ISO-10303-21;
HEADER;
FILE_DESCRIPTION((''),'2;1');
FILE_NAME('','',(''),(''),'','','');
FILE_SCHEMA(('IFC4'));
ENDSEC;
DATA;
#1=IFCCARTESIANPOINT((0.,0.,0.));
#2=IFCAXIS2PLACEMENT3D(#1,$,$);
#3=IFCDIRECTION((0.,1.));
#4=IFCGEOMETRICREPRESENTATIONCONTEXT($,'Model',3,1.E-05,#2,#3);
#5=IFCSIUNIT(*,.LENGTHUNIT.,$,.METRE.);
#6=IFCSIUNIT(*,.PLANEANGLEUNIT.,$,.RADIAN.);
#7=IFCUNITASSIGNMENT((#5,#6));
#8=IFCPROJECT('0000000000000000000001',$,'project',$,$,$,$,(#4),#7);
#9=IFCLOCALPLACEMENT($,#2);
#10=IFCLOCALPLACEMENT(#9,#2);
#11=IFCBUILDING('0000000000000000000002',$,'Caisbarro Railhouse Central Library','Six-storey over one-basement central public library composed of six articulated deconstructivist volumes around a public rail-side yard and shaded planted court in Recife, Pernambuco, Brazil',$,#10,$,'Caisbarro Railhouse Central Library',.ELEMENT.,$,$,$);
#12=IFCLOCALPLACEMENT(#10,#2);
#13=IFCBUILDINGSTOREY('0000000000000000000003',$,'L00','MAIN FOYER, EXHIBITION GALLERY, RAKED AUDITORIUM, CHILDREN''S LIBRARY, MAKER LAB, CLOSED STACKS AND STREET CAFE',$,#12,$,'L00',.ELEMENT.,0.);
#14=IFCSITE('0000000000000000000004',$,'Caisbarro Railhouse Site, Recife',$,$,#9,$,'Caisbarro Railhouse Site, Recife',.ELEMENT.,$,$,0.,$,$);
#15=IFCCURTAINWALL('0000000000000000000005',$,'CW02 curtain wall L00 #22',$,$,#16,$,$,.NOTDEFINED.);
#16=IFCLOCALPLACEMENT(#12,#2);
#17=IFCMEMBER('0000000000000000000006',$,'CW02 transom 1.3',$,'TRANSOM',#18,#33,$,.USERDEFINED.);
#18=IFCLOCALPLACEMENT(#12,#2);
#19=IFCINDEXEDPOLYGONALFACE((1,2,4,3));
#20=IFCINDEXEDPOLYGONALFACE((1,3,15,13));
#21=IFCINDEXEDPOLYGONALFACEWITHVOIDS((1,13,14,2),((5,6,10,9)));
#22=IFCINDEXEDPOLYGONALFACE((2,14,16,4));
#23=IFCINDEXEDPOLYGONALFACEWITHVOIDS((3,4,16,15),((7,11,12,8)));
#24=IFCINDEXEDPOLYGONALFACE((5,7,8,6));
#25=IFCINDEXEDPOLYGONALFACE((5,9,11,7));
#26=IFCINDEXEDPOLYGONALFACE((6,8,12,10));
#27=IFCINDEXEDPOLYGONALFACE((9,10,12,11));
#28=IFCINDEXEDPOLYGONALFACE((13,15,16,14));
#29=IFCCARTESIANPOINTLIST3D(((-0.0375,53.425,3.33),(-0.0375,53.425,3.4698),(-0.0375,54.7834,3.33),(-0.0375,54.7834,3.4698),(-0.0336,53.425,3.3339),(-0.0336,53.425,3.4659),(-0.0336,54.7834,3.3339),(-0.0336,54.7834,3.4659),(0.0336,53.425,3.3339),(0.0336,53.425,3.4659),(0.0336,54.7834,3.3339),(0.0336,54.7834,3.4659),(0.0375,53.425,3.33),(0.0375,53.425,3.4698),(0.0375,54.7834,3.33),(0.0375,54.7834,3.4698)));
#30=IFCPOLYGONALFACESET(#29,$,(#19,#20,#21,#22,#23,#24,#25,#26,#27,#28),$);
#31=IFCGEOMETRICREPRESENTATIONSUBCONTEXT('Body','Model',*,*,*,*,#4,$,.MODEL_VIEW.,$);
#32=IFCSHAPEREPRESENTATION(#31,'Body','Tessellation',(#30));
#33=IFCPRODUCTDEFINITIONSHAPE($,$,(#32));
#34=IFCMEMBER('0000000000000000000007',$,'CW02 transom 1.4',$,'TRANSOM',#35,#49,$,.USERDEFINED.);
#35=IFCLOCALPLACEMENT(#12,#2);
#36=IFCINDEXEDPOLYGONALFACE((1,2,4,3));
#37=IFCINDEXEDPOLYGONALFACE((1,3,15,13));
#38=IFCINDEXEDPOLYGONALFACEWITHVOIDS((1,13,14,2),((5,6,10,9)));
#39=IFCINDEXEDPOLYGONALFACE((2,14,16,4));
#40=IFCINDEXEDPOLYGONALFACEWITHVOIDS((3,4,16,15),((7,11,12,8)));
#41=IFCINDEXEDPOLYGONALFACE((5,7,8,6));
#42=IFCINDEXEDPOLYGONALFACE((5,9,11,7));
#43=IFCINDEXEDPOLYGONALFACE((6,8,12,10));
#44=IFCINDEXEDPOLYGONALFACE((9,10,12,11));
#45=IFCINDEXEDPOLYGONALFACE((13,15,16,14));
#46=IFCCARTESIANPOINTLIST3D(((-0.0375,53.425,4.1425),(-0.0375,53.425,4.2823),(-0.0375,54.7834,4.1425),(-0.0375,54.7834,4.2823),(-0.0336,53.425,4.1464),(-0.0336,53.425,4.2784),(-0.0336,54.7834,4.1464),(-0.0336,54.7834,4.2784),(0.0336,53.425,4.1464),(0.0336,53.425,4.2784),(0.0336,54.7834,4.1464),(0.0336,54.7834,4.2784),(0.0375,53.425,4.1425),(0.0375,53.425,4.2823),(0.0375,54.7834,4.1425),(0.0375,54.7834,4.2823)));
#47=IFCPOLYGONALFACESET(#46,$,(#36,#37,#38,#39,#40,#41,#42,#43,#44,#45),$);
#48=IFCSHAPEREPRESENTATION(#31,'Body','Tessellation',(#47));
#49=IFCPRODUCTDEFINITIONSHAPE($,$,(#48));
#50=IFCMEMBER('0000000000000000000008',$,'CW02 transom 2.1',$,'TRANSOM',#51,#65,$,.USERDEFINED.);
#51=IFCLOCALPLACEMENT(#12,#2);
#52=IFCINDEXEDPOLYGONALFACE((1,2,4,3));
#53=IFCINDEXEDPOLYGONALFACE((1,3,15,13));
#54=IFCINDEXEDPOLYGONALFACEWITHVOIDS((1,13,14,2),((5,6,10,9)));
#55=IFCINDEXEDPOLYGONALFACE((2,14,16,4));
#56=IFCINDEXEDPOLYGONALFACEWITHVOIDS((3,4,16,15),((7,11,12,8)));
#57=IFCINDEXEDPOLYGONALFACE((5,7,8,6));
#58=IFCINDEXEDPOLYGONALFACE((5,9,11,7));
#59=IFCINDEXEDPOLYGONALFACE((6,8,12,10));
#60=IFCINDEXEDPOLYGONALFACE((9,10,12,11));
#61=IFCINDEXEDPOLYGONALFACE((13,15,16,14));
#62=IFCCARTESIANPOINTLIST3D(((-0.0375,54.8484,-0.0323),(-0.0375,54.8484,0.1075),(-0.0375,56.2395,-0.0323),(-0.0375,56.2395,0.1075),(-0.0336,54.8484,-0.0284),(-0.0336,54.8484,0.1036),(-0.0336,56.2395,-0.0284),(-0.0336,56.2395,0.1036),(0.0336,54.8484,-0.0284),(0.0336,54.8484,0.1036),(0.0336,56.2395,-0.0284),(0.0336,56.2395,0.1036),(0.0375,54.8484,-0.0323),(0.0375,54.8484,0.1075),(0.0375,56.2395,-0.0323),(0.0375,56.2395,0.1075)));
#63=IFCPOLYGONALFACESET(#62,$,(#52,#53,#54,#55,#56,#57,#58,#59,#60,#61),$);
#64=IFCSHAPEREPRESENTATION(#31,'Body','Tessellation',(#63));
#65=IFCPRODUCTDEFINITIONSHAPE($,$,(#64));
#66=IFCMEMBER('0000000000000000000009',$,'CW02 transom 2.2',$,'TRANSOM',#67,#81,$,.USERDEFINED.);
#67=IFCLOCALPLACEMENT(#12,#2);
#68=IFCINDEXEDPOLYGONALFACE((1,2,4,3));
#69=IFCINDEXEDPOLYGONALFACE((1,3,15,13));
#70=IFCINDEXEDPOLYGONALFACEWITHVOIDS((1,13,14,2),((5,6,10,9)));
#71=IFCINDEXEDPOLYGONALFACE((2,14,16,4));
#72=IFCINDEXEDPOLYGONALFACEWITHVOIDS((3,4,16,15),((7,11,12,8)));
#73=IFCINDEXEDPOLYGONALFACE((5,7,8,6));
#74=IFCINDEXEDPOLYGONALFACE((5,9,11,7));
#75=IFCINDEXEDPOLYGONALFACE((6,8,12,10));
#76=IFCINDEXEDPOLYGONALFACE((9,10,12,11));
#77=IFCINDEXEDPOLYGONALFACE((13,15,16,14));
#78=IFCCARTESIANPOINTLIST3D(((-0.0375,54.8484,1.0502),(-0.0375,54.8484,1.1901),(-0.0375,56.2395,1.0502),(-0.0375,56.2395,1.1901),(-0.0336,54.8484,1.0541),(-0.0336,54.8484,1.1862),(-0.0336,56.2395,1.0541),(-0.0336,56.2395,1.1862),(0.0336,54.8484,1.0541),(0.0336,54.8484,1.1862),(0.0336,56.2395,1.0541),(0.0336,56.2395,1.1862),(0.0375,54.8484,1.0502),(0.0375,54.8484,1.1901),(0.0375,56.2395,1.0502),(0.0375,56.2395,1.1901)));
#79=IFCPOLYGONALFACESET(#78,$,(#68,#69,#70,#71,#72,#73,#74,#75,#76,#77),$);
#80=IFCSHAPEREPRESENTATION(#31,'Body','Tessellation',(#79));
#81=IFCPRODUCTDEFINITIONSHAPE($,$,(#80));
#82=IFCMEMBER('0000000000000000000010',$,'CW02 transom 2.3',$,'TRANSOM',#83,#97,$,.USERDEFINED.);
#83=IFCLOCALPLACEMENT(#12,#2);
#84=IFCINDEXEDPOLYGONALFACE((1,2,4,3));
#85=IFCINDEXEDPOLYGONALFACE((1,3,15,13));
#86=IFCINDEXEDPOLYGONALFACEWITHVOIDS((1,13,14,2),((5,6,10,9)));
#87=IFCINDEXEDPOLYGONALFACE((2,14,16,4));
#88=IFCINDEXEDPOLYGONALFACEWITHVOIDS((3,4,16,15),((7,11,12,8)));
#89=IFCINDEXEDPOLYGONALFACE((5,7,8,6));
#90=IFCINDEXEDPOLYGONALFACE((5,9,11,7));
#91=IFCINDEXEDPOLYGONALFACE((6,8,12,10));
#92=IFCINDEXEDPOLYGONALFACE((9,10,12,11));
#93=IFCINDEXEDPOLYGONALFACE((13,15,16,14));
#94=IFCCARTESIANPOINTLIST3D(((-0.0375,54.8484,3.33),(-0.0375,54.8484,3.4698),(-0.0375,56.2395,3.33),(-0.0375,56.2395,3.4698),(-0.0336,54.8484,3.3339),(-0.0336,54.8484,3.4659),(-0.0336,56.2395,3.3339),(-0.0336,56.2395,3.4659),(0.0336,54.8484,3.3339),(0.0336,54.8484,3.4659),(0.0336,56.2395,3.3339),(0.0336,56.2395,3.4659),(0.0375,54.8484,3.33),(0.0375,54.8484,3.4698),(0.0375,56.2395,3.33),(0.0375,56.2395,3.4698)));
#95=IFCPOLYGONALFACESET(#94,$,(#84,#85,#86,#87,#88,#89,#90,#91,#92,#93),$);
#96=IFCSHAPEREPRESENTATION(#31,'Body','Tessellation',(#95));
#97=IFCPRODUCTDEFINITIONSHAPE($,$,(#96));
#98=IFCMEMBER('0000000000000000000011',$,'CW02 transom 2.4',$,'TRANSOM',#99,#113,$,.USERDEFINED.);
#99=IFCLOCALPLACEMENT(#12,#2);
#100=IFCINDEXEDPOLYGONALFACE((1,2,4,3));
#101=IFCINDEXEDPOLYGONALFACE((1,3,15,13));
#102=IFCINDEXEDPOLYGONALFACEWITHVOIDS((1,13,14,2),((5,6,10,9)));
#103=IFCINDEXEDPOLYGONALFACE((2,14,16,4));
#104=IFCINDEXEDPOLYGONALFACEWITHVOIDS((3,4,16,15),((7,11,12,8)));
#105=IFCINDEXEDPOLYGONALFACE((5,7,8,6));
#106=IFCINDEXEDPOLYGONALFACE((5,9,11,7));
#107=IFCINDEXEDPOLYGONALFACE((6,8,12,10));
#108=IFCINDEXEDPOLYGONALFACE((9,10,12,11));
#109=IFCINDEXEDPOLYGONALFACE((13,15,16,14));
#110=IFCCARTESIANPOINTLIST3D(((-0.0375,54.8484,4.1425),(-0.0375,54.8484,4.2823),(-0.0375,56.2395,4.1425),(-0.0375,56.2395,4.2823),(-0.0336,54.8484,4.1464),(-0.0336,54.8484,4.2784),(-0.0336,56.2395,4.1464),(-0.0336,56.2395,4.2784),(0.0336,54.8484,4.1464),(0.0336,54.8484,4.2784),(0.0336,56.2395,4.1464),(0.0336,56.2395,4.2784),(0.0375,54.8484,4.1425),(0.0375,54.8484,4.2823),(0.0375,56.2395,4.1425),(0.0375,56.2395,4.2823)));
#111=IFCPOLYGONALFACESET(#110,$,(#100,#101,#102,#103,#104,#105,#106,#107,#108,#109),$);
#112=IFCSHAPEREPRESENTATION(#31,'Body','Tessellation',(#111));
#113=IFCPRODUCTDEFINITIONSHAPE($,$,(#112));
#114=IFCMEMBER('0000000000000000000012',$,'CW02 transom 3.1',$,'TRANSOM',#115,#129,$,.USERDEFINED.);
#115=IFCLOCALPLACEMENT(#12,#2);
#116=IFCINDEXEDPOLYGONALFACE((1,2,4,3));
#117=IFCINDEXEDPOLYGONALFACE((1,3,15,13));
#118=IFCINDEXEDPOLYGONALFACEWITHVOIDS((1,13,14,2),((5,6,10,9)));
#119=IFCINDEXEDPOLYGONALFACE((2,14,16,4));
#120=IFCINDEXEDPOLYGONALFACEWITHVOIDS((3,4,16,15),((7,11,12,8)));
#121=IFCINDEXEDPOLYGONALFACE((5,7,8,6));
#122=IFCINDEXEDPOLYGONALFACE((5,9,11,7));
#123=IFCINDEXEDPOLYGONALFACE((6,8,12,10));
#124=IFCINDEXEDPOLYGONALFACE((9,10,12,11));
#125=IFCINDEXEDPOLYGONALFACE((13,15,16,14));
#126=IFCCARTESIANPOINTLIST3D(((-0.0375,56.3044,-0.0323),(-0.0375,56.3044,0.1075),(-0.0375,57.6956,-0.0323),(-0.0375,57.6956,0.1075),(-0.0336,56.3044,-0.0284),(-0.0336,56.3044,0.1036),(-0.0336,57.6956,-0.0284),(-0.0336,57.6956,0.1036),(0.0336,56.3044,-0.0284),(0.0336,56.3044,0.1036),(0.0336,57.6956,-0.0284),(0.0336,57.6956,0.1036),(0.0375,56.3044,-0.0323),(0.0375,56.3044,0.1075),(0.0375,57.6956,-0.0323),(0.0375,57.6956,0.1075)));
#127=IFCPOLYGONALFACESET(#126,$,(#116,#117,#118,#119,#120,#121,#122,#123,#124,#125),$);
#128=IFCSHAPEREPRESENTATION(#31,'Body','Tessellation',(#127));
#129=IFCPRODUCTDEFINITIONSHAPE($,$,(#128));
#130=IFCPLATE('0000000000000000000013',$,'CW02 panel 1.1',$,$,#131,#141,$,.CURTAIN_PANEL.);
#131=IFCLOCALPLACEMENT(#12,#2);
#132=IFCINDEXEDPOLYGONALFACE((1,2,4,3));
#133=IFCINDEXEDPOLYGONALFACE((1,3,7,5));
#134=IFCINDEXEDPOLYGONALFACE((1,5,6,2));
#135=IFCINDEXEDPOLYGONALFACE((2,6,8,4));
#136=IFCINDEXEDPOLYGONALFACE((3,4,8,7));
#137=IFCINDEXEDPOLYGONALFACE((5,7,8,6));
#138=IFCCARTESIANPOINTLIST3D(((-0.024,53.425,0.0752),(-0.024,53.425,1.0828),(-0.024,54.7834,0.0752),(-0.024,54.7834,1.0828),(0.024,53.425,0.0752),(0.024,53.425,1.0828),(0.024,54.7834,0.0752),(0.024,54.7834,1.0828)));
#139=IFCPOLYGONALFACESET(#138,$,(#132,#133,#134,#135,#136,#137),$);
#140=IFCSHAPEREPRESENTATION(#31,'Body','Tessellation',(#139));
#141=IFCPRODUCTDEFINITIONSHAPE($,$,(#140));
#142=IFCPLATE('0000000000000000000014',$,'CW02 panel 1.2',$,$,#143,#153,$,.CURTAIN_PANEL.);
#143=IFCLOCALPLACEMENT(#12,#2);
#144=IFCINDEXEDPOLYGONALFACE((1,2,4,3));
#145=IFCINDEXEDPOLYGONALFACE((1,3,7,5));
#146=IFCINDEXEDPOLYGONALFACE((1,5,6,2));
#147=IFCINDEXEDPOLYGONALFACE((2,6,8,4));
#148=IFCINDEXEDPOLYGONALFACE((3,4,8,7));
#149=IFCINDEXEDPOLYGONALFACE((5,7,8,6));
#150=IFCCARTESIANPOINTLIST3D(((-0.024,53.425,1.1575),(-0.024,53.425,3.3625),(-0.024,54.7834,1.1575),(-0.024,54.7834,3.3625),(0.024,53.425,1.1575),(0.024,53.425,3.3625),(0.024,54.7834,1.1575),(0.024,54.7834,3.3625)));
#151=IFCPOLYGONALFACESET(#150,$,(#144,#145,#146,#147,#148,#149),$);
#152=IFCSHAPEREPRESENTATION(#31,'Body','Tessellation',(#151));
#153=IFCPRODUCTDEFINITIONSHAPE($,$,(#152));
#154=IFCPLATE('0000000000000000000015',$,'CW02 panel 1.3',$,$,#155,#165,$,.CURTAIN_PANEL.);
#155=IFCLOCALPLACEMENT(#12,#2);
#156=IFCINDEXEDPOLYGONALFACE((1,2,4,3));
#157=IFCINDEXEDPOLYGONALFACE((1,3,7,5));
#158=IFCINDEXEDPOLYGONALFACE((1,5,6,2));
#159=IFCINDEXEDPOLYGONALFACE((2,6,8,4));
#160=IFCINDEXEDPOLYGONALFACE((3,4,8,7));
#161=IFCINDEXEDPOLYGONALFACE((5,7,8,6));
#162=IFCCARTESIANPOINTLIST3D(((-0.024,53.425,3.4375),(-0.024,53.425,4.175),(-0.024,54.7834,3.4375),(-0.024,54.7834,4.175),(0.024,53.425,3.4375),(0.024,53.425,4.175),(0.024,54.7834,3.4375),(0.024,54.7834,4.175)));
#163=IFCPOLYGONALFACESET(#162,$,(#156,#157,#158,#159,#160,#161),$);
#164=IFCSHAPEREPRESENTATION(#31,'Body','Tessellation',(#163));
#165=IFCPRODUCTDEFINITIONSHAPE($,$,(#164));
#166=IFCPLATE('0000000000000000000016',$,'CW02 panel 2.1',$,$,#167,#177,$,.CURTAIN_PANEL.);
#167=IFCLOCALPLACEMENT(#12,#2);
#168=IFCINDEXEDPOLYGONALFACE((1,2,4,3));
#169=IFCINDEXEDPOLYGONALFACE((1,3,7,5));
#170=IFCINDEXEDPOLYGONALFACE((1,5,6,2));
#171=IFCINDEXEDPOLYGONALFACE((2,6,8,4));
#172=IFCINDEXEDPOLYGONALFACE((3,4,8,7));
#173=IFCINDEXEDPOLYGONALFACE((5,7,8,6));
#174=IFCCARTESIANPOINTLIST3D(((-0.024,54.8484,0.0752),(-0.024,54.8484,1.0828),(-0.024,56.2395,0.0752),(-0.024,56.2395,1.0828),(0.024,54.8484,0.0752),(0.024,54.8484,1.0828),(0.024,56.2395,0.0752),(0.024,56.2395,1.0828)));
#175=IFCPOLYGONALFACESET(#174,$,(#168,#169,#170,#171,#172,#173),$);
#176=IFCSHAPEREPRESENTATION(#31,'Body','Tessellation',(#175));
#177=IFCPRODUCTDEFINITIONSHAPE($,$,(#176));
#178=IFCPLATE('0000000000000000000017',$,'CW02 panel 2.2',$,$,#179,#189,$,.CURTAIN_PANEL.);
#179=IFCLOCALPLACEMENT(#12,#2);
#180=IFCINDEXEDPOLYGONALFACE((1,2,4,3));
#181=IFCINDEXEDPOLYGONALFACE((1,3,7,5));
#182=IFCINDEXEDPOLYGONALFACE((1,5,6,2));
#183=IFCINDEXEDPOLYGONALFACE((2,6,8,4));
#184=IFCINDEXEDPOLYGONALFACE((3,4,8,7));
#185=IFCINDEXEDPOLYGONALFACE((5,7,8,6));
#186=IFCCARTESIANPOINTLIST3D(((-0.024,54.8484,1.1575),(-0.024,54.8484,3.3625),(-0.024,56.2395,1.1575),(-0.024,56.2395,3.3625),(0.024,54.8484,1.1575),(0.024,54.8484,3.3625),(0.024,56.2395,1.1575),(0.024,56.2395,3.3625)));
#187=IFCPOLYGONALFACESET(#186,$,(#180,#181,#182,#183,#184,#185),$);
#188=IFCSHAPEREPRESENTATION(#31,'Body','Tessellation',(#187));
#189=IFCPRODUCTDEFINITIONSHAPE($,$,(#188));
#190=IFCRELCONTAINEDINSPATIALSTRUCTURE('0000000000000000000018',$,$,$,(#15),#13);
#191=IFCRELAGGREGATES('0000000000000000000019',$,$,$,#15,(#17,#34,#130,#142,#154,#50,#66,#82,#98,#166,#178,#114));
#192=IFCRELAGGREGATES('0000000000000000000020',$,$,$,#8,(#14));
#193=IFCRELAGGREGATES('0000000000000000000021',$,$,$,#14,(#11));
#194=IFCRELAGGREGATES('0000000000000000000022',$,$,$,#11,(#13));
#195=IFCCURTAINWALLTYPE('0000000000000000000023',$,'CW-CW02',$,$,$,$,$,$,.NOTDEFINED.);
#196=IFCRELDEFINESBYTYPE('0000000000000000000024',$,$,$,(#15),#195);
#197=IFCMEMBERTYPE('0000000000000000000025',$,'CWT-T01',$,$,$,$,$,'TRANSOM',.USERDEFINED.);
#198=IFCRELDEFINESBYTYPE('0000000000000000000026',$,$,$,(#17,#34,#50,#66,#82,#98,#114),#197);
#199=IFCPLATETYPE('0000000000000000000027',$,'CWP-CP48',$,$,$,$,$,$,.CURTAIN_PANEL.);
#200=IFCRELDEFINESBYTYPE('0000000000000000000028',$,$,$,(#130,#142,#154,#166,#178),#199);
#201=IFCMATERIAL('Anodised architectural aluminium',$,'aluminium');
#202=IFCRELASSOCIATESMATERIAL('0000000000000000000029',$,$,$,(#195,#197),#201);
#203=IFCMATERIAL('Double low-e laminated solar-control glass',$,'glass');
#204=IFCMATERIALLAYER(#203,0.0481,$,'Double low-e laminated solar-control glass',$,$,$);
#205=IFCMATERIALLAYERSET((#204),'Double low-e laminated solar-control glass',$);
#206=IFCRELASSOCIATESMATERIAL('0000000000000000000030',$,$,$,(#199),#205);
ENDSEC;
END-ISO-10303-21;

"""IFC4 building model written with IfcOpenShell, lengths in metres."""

from ifc_helpers import new_model, si_unit, direction, frame, origin, origin_2d, place, context, subcontext, project, spatial, rectangle, hollow_rectangle, extrude, material, layer, layer_set, material_profile, profile_set, type_object, element, aggregate, save


model = new_model("IFC4")

# Units and contexts
model_context = context("Model", 3, precision=1e-05, world=origin(), true_north=direction((0.0, 1.0)))
body_context = subcontext(model_context, "Body", "Model", "MODEL_VIEW")
ifc_project = project(units=[si_unit("LENGTHUNIT", "METRE"), si_unit("PLANEANGLEUNIT", "RADIAN")], contexts=[model_context])

# Site, building, storey
site_placement = place(None, origin())
site = spatial("IfcSite", under=ifc_project, at=site_placement, Name="Caisbarro Railhouse Site, Recife", LongName="Caisbarro Railhouse Site, Recife", CompositionType="ELEMENT", RefElevation=0.0)
building_placement = place(site_placement, origin())
building = spatial("IfcBuilding", under=site, at=building_placement, Name="Caisbarro Railhouse Central Library", Description="Six-storey over one-basement central public library composed of six articulated deconstructivist volumes around a public rail-side yard and shaded planted court in Recife, Pernambuco, Brazil", LongName="Caisbarro Railhouse Central Library", CompositionType="ELEMENT")
storey_placement = place(building_placement, origin())
storey = spatial("IfcBuildingStorey", under=building, at=storey_placement, Name="L00", Description="MAIN FOYER, EXHIBITION GALLERY, RAKED AUDITORIUM, CHILDREN'S LIBRARY, MAKER LAB, CLOSED STACKS AND STREET CAFE", LongName="L00", CompositionType="ELEMENT", Elevation=0.0)

# Curtain wall, members, plates
ifc_material_1 = material(Name="Anodised architectural aluminium", Category="aluminium")
curtain_wall_type = type_object("IfcCurtainWallType", Name="CW-CW02", PredefinedType="NOTDEFINED", material=ifc_material_1)
curtain_wall_placement = place(storey_placement, origin())
curtain_wall = element("IfcCurtainWall", 1, at=curtain_wall_placement, inside=storey, type_object=curtain_wall_type, Name="CW02 curtain wall L00 #22", PredefinedType="NOTDEFINED")
ifc_material_profile_1 = material_profile(ifc_material_1, hollow_rectangle(XDim=0.075, YDim=0.1399, WallThickness=0.0039, at=origin_2d()), Name="ALU-TRN-75X140")
ifc_profile_set_1 = profile_set([ifc_material_profile_1], Name="Anodised architectural aluminium")
member_type_1 = type_object("IfcMemberType", Name="CWT-T01", ElementType="TRANSOM", PredefinedType="USERDEFINED", material=ifc_profile_set_1)
member_1_placement = place(storey_placement, frame((0.0, 53.425, 3.3999), z_axis=(0.0, 1.0, 0.0), x_axis=(-1.0, 0.0, 0.0)))
member_1 = element("IfcMember", 2, at=member_1_placement, type_object=member_type_1, Name="CW02 transom 1.3", ObjectType="TRANSOM", PredefinedType="USERDEFINED", context=body_context, shape_type="SweptSolid", body=[
    extrude(hollow_rectangle(XDim=0.075, YDim=0.1399, WallThickness=0.0039, at=origin_2d()), origin(), (0.0, 0.0, 1.0), 1.3584),
])
member_2_placement = place(storey_placement, frame((0.0, 53.425, 4.2124), z_axis=(0.0, 1.0, 0.0), x_axis=(-1.0, 0.0, 0.0)))
member_2 = element("IfcMember", 3, at=member_2_placement, type_object=member_type_1, Name="CW02 transom 1.4", ObjectType="TRANSOM", PredefinedType="USERDEFINED", context=body_context, shape_type="SweptSolid", body=[
    extrude(hollow_rectangle(XDim=0.075, YDim=0.1399, WallThickness=0.0039, at=origin_2d()), origin(), (0.0, 0.0, 1.0), 1.3584),
])
member_3_placement = place(storey_placement, frame((0.0, 54.8484, 0.0376), z_axis=(0.0, 1.0, 0.0), x_axis=(-1.0, 0.0, 0.0)))
member_3 = element("IfcMember", 4, at=member_3_placement, type_object=member_type_1, Name="CW02 transom 2.1", ObjectType="TRANSOM", PredefinedType="USERDEFINED", context=body_context, shape_type="SweptSolid", body=[
    extrude(hollow_rectangle(XDim=0.075, YDim=0.1399, WallThickness=0.0039, at=origin_2d()), origin(), (0.0, 0.0, 1.0), 1.3911),
])
member_4_placement = place(storey_placement, frame((0.0, 54.8484, 1.1201), z_axis=(0.0, 1.0, 0.0), x_axis=(-1.0, 0.0, 0.0)))
member_4 = element("IfcMember", 5, at=member_4_placement, type_object=member_type_1, Name="CW02 transom 2.2", ObjectType="TRANSOM", PredefinedType="USERDEFINED", context=body_context, shape_type="SweptSolid", body=[
    extrude(hollow_rectangle(XDim=0.075, YDim=0.1399, WallThickness=0.0039, at=origin_2d()), origin(), (0.0, 0.0, 1.0), 1.3911),
])
member_5_placement = place(storey_placement, frame((0.0, 54.8484, 3.3999), z_axis=(0.0, 1.0, 0.0), x_axis=(-1.0, 0.0, 0.0)))
member_5 = element("IfcMember", 6, at=member_5_placement, type_object=member_type_1, Name="CW02 transom 2.3", ObjectType="TRANSOM", PredefinedType="USERDEFINED", context=body_context, shape_type="SweptSolid", body=[
    extrude(hollow_rectangle(XDim=0.075, YDim=0.1399, WallThickness=0.0039, at=origin_2d()), origin(), (0.0, 0.0, 1.0), 1.3911),
])
member_6_placement = place(storey_placement, frame((0.0, 54.8484, 4.2124), z_axis=(0.0, 1.0, 0.0), x_axis=(-1.0, 0.0, 0.0)))
member_6 = element("IfcMember", 7, at=member_6_placement, type_object=member_type_1, Name="CW02 transom 2.4", ObjectType="TRANSOM", PredefinedType="USERDEFINED", context=body_context, shape_type="SweptSolid", body=[
    extrude(hollow_rectangle(XDim=0.075, YDim=0.1399, WallThickness=0.0039, at=origin_2d()), origin(), (0.0, 0.0, 1.0), 1.3911),
])
member_7_placement = place(storey_placement, frame((0.0, 56.3044, 0.0376), z_axis=(0.0, 1.0, 0.0), x_axis=(-1.0, 0.0, 0.0)))
member_7 = element("IfcMember", 8, at=member_7_placement, type_object=member_type_1, Name="CW02 transom 3.1", ObjectType="TRANSOM", PredefinedType="USERDEFINED", context=body_context, shape_type="SweptSolid", body=[
    extrude(hollow_rectangle(XDim=0.075, YDim=0.1399, WallThickness=0.0039, at=origin_2d()), origin(), (0.0, 0.0, 1.0), 1.3911),
])
ifc_material_2 = material(Name="Double low-e laminated solar-control glass", Category="glass")
ifc_layer = layer(ifc_material_2, 0.0481, Name="Double low-e laminated solar-control glass")
ifc_layer_set = layer_set([ifc_layer], Name="Double low-e laminated solar-control glass")
plate_type = type_object("IfcPlateType", Name="CWP-CP48", PredefinedType="CURTAIN_PANEL", material=ifc_layer_set)
plate_1_placement = place(storey_placement, frame((0.0, 54.1042, 0.0752), z_axis=(0.0, 0.0, 1.0), x_axis=(0.0, 1.0, 0.0)))
plate_1 = element("IfcPlate", 9, at=plate_1_placement, type_object=plate_type, Name="CW02 panel 1.1", PredefinedType="CURTAIN_PANEL", context=body_context, shape_type="SweptSolid", body=[
    extrude(rectangle(XDim=1.3584, YDim=0.0481, at=origin_2d()), origin(), (0.0, 0.0, 1.0), 1.0076),
])
plate_2_placement = place(storey_placement, frame((0.0, 54.1042, 1.1575), z_axis=(0.0, 0.0, 1.0), x_axis=(0.0, 1.0, 0.0)))
plate_2 = element("IfcPlate", 10, at=plate_2_placement, type_object=plate_type, Name="CW02 panel 1.2", PredefinedType="CURTAIN_PANEL", context=body_context, shape_type="SweptSolid", body=[
    extrude(rectangle(XDim=1.3584, YDim=0.0481, at=origin_2d()), origin(), (0.0, 0.0, 1.0), 2.2051),
])
plate_3_placement = place(storey_placement, frame((0.0, 54.1042, 3.4375), z_axis=(0.0, 0.0, 1.0), x_axis=(0.0, 1.0, 0.0)))
plate_3 = element("IfcPlate", 11, at=plate_3_placement, type_object=plate_type, Name="CW02 panel 1.3", PredefinedType="CURTAIN_PANEL", context=body_context, shape_type="SweptSolid", body=[
    extrude(rectangle(XDim=1.3584, YDim=0.0481, at=origin_2d()), origin(), (0.0, 0.0, 1.0), 0.7375),
])
plate_4_placement = place(storey_placement, frame((0.0, 55.5439, 0.0752), z_axis=(0.0, 0.0, 1.0), x_axis=(0.0, 1.0, 0.0)))
plate_4 = element("IfcPlate", 12, at=plate_4_placement, type_object=plate_type, Name="CW02 panel 2.1", PredefinedType="CURTAIN_PANEL", context=body_context, shape_type="SweptSolid", body=[
    extrude(rectangle(XDim=1.3911, YDim=0.0481, at=origin_2d()), origin(), (0.0, 0.0, 1.0), 1.0076),
])
plate_5_placement = place(storey_placement, frame((0.0, 55.5439, 1.1575), z_axis=(0.0, 0.0, 1.0), x_axis=(0.0, 1.0, 0.0)))
plate_5 = element("IfcPlate", 13, at=plate_5_placement, type_object=plate_type, Name="CW02 panel 2.2", PredefinedType="CURTAIN_PANEL", context=body_context, shape_type="SweptSolid", body=[
    extrude(rectangle(XDim=1.3911, YDim=0.0481, at=origin_2d()), origin(), (0.0, 0.0, 1.0), 2.2051),
])
aggregate(curtain_wall, [member_1, member_2, plate_1, plate_2, plate_3, member_3, member_4, member_5, member_6, plate_4, plate_5, member_7])

save(model, "model.ifc")
